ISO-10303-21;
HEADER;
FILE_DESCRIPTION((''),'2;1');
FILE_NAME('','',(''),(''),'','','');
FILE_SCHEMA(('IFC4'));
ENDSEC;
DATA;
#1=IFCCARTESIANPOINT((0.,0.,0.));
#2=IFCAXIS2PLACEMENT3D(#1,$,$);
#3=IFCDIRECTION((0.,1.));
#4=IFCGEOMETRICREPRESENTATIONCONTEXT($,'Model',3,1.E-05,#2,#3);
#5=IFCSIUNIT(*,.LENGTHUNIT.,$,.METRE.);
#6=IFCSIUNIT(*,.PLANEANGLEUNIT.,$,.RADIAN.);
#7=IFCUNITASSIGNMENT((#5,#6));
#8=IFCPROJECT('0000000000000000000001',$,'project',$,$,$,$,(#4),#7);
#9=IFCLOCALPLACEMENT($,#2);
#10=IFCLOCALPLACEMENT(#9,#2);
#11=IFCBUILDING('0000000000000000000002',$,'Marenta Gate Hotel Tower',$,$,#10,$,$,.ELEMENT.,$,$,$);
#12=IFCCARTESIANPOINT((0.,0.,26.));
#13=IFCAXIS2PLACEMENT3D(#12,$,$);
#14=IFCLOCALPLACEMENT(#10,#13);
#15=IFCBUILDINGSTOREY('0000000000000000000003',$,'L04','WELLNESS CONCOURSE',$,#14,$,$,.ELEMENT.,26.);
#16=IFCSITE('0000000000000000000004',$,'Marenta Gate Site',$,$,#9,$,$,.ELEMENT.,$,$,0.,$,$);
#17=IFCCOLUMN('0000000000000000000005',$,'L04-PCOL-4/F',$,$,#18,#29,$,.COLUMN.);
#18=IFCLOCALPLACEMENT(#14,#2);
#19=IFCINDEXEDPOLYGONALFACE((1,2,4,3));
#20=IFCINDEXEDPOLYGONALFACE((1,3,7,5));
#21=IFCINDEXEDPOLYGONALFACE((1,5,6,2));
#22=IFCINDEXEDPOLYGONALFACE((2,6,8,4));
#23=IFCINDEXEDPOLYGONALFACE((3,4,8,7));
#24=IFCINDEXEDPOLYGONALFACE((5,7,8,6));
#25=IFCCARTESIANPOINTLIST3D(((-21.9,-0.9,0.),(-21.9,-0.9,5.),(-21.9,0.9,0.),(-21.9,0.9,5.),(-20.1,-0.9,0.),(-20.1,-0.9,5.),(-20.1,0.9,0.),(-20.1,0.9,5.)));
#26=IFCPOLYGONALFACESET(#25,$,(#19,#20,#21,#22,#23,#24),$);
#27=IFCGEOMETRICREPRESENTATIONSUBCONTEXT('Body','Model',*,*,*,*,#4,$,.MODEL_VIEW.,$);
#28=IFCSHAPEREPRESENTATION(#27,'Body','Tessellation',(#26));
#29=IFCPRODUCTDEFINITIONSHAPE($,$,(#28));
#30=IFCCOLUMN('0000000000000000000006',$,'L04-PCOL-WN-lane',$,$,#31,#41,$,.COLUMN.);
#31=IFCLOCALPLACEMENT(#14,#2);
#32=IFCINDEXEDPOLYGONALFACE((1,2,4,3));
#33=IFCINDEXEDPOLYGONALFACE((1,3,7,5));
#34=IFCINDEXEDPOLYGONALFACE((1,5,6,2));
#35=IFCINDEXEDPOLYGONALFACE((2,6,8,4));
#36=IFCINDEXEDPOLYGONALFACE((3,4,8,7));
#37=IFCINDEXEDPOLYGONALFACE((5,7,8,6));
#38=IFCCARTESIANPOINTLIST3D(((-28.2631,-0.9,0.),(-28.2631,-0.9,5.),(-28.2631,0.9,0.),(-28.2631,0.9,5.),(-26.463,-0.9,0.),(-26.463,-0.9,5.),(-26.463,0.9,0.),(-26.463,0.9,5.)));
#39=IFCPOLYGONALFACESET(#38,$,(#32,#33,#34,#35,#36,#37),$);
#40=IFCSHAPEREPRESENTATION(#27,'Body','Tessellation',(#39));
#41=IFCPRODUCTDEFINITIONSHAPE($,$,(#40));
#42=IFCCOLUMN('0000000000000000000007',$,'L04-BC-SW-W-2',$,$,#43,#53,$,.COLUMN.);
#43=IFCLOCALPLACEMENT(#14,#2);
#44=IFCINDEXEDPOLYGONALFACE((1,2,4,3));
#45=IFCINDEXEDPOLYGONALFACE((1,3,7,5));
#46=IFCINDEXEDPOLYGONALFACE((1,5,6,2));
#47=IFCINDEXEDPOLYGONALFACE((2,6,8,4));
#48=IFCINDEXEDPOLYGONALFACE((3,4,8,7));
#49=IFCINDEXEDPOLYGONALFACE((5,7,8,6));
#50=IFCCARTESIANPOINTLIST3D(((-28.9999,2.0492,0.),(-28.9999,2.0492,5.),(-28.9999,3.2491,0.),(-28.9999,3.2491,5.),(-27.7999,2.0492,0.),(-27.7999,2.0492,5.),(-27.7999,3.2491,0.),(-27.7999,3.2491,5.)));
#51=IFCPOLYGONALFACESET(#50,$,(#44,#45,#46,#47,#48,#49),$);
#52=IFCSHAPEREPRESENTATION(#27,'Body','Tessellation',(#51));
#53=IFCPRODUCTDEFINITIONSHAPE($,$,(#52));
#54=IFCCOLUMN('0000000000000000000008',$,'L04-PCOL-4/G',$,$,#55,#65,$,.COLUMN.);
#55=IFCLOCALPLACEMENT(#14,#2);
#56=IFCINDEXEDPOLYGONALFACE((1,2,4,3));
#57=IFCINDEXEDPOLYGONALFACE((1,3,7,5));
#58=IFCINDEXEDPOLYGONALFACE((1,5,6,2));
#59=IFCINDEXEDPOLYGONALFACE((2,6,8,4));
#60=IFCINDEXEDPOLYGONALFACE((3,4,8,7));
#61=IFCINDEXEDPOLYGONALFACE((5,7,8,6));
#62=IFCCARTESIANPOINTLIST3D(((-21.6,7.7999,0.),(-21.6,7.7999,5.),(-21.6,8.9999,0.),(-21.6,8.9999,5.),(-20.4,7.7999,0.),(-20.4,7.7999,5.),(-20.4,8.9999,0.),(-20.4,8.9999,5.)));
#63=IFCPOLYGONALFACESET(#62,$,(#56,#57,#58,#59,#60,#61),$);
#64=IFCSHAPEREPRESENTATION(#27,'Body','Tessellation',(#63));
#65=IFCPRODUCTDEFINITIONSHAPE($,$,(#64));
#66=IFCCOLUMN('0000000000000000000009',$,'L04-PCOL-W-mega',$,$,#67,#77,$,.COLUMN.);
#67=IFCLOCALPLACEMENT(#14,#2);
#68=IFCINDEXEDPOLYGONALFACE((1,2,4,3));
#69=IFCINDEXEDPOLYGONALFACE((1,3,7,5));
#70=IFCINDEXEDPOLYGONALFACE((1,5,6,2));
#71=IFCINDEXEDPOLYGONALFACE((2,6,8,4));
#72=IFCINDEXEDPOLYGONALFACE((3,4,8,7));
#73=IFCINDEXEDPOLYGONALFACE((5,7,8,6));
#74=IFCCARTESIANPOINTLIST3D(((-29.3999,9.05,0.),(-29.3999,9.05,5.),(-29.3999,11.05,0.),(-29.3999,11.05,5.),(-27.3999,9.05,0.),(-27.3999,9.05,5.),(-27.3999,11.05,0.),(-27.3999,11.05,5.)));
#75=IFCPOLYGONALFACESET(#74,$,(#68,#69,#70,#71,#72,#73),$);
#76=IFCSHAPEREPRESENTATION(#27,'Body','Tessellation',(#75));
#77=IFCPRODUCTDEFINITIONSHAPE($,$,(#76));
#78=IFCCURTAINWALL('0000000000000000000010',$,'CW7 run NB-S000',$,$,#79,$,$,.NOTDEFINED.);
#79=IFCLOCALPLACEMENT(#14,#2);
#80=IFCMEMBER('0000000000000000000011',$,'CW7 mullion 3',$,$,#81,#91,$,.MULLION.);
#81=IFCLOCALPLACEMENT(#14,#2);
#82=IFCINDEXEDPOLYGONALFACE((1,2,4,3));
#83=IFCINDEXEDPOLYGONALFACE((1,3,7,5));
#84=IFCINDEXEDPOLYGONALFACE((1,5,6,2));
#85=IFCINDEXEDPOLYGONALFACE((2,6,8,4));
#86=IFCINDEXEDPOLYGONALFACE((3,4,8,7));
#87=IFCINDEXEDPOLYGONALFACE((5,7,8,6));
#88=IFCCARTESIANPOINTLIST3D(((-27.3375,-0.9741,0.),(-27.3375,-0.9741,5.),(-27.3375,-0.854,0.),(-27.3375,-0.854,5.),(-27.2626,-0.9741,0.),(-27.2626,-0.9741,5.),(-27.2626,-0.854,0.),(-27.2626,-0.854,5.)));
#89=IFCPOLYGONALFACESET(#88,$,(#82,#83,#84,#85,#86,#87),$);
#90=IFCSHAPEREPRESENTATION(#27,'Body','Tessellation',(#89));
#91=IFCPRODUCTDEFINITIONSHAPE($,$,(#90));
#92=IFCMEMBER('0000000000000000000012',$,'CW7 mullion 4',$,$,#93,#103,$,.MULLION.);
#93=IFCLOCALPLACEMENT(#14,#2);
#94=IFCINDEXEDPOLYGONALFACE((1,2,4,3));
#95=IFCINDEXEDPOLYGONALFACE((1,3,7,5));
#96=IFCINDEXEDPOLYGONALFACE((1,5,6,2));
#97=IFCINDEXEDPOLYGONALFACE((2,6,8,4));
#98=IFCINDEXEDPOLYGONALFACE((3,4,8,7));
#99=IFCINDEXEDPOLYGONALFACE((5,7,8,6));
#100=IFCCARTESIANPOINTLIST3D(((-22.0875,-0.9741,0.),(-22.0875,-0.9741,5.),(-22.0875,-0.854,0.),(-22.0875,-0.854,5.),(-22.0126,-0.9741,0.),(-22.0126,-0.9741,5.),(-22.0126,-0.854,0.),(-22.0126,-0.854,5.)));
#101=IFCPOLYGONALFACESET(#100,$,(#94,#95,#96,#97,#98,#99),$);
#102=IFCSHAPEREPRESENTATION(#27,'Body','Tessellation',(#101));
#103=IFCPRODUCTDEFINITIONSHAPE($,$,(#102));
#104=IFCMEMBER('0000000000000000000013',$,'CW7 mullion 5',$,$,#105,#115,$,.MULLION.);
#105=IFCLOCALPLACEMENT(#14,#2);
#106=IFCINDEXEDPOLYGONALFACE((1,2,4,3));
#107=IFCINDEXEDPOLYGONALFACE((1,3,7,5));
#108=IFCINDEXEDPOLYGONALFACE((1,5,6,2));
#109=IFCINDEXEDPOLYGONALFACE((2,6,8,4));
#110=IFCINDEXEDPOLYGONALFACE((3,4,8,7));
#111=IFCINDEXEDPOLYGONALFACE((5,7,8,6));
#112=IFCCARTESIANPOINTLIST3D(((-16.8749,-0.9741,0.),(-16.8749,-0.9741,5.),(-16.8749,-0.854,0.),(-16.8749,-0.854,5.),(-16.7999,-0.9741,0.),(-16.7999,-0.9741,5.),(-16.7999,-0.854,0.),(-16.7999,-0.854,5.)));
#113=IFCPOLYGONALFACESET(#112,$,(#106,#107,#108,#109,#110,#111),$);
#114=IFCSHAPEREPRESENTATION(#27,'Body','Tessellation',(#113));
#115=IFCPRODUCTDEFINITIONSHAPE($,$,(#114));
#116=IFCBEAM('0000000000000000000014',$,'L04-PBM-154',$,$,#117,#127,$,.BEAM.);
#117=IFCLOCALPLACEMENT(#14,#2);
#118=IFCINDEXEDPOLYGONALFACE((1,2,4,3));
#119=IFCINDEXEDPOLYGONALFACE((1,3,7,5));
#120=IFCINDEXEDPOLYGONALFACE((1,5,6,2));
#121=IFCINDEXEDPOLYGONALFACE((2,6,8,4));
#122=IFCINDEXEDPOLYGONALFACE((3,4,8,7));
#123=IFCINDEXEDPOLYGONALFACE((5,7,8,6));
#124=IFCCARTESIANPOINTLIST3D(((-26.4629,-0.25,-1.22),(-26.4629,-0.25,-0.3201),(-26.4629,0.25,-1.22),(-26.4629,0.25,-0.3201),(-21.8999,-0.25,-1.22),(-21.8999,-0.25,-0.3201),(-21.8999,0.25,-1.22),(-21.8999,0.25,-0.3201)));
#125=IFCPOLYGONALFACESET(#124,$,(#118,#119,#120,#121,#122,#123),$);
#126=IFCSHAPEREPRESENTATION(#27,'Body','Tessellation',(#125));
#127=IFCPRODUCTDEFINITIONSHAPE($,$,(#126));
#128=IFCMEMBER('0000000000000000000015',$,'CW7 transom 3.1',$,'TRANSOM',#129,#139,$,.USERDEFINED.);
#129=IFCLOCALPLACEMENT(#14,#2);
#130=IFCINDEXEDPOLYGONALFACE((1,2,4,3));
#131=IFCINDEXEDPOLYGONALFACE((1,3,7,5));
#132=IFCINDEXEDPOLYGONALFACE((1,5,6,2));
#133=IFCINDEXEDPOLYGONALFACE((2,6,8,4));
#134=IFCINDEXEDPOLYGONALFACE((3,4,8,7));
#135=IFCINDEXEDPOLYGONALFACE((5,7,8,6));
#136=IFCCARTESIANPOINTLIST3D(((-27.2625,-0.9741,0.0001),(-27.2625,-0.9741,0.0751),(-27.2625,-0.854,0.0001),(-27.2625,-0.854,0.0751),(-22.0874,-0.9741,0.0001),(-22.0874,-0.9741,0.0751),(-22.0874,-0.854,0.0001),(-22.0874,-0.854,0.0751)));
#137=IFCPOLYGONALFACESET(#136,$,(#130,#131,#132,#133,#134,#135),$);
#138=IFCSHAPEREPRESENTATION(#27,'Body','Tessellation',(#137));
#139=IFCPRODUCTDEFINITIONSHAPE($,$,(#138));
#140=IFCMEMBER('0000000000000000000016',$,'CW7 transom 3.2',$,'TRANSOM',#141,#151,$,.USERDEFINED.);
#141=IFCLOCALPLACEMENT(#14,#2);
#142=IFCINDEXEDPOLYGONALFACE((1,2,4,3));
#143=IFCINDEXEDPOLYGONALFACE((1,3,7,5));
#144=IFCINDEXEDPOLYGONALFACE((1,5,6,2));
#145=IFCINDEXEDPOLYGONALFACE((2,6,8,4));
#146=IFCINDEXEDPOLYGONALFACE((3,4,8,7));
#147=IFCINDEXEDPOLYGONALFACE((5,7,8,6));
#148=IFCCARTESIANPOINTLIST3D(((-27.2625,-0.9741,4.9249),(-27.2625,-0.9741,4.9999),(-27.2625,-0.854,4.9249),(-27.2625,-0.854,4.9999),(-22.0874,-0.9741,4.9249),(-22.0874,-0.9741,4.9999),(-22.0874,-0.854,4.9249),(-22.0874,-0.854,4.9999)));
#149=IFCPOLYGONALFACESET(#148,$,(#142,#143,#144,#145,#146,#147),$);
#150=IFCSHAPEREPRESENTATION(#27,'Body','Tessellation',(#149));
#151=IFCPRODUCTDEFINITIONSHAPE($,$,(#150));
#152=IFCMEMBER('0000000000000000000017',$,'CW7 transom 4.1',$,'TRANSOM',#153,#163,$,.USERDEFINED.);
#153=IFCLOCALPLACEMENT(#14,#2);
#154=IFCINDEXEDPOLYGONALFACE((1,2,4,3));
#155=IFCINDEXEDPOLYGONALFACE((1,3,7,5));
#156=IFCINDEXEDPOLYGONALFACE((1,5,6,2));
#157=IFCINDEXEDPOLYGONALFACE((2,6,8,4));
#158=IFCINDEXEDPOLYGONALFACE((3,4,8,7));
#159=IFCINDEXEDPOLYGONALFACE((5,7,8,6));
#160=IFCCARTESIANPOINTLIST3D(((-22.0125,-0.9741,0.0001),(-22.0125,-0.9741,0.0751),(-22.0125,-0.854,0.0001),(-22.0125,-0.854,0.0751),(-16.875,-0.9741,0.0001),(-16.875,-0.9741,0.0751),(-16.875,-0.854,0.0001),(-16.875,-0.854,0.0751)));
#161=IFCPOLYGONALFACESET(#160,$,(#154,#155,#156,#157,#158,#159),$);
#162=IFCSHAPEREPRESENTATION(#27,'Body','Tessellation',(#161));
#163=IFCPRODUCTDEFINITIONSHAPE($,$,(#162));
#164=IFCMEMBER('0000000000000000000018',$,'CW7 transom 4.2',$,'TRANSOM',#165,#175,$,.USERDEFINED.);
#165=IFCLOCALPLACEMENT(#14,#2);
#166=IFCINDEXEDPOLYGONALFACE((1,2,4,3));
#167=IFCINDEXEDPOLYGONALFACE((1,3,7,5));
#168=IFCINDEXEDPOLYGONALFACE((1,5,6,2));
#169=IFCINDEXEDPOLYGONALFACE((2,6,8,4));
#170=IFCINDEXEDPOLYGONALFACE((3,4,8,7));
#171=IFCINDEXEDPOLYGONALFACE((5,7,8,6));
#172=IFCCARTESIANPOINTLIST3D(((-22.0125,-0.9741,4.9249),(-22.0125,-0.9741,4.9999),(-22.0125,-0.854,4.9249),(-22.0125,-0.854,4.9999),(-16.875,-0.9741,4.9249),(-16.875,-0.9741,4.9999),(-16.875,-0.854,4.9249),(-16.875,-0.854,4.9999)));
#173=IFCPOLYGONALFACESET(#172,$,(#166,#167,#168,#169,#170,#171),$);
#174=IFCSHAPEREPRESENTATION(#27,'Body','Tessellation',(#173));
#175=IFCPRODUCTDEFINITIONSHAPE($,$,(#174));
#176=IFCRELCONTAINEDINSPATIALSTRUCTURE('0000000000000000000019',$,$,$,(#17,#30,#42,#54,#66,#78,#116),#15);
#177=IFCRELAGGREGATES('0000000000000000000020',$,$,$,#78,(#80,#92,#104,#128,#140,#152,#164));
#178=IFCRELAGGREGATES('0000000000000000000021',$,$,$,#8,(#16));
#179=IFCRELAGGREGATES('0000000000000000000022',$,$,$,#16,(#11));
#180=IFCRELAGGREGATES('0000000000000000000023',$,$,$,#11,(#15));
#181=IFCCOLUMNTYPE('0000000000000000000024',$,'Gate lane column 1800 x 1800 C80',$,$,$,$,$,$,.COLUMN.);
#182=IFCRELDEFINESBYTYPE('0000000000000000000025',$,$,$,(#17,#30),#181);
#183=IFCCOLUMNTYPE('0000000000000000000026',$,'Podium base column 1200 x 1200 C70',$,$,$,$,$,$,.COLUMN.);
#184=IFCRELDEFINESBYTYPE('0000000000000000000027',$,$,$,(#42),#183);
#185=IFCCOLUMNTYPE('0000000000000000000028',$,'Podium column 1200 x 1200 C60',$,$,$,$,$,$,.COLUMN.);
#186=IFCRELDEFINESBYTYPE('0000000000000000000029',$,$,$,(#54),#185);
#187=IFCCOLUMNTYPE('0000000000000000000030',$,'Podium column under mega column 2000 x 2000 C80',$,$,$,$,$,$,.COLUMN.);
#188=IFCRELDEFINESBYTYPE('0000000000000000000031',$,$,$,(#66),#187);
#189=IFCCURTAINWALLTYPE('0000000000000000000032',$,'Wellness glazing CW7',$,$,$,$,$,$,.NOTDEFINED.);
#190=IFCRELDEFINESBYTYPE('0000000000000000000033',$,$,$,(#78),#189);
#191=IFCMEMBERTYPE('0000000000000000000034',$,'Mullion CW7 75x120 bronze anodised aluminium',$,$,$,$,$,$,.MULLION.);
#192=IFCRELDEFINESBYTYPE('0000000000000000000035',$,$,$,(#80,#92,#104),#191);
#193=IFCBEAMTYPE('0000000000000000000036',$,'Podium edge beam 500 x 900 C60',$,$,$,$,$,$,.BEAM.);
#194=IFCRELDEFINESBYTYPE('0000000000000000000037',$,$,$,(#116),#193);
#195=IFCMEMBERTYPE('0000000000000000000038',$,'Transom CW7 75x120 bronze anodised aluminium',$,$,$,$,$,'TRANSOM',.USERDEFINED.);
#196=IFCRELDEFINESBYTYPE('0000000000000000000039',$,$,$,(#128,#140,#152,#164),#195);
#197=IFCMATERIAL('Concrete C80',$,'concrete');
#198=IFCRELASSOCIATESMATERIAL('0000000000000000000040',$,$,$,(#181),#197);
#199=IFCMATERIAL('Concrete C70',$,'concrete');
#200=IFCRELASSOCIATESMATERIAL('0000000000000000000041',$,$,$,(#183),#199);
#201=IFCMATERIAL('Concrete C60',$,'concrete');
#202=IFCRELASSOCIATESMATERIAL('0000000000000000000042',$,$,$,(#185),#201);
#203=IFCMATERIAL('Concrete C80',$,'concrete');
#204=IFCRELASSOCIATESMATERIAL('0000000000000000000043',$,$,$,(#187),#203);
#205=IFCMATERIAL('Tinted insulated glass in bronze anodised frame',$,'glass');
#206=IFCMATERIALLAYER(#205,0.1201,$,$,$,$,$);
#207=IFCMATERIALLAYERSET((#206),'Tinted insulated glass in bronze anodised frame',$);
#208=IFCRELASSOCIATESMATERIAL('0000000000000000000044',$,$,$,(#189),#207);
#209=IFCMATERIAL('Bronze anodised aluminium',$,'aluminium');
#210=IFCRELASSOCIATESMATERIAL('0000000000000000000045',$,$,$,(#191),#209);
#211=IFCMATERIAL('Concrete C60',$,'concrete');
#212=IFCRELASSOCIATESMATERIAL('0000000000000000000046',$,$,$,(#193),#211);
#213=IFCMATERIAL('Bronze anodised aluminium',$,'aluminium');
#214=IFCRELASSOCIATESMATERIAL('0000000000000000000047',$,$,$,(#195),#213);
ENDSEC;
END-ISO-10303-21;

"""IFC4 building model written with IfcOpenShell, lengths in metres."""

from ifc_helpers import new_model, si_unit, direction, frame, origin, origin_2d, place, context, subcontext, project, spatial, rectangle, extrude, material, layer, layer_set, material_profile, profile_set, type_object, element, aggregate, save


model = new_model("IFC4")

# Units and contexts
model_context = context("Model", 3, precision=1e-05, world=origin(), true_north=direction((0.0, 1.0)))
body_context = subcontext(model_context, "Body", "Model", "MODEL_VIEW")
ifc_project = project(units=[si_unit("LENGTHUNIT", "METRE"), si_unit("PLANEANGLEUNIT", "RADIAN")], contexts=[model_context])

# Site, building, storey
site_placement = place(None, origin())
site = spatial("IfcSite", under=ifc_project, at=site_placement, Name="Marenta Gate Site", CompositionType="ELEMENT", RefElevation=0.0)
building_placement = place(site_placement, origin())
building = spatial("IfcBuilding", under=site, at=building_placement, Name="Marenta Gate Hotel Tower", CompositionType="ELEMENT")
storey_placement = place(building_placement, frame((0.0, 0.0, 26.0)))
storey = spatial("IfcBuildingStorey", under=building, at=storey_placement, Name="L04", Description="WELLNESS CONCOURSE", CompositionType="ELEMENT", Elevation=26.0)

# Columns
ifc_material_1 = material(Name="Concrete C80", Category="concrete")
ifc_material_profile_1 = material_profile(ifc_material_1, rectangle(XDim=1.8, YDim=1.8, at=origin_2d()), Name="1800 x 1800")
ifc_profile_set_1 = profile_set([ifc_material_profile_1], Name="Concrete C80")
column_type_1 = type_object("IfcColumnType", Name="Gate lane column 1800 x 1800 C80", PredefinedType="COLUMN", material=ifc_profile_set_1)
for number, where, z_axis, x_axis, name in (
    (1, (-21.0, 0.0, 0.0), (0.0, 0.0, 1.0), (1.0, 0.0, 0.0), "L04-PCOL-4/F"),
    (2, (-27.363, 0.0, 0.0), (0.0, 0.0, 1.0), (1.0, 0.0, 0.0), "L04-PCOL-WN-lane"),
):
    element("IfcColumn", number, at=place(storey_placement, frame(where, z_axis=z_axis, x_axis=x_axis)), inside=storey, type_object=column_type_1, Name=name, PredefinedType="COLUMN", context=body_context, shape_type="SweptSolid", body=[
        extrude(rectangle(XDim=1.8, YDim=1.8, at=origin_2d()), origin(), (0.0, 0.0, 1.0), 5.0),
    ])
ifc_material_2 = material(Name="Concrete C70", Category="concrete")
ifc_material_profile_2 = material_profile(ifc_material_2, rectangle(XDim=1.2, YDim=1.2, at=origin_2d()), Name="1200 x 1200")
ifc_profile_set_2 = profile_set([ifc_material_profile_2], Name="Concrete C70")
column_type_2 = type_object("IfcColumnType", Name="Podium base column 1200 x 1200 C70", PredefinedType="COLUMN", material=ifc_profile_set_2)
column_1_placement = place(storey_placement, frame((-28.3999, 2.6492, 0.0), z_axis=(0.0, 0.0, 1.0), x_axis=(1.0, 0.0, 0.0)))
element("IfcColumn", 3, at=column_1_placement, inside=storey, type_object=column_type_2, Name="L04-BC-SW-W-2", PredefinedType="COLUMN", context=body_context, shape_type="SweptSolid", body=[
    extrude(rectangle(XDim=1.2, YDim=1.2, at=origin_2d()), origin(), (0.0, 0.0, 1.0), 5.0),
])
ifc_material_3 = material(Name="Concrete C60", Category="concrete")
ifc_material_profile_3 = material_profile(ifc_material_3, rectangle(XDim=1.2, YDim=1.2, at=origin_2d()), Name="1200 x 1200")
ifc_profile_set_3 = profile_set([ifc_material_profile_3], Name="Concrete C60")
column_type_3 = type_object("IfcColumnType", Name="Podium column 1200 x 1200 C60", PredefinedType="COLUMN", material=ifc_profile_set_3)
column_2_placement = place(storey_placement, frame((-21.0, 8.3999, 0.0), z_axis=(0.0, 0.0, 1.0), x_axis=(1.0, 0.0, 0.0)))
element("IfcColumn", 4, at=column_2_placement, inside=storey, type_object=column_type_3, Name="L04-PCOL-4/G", PredefinedType="COLUMN", context=body_context, shape_type="SweptSolid", body=[
    extrude(rectangle(XDim=1.2, YDim=1.2, at=origin_2d()), origin(), (0.0, 0.0, 1.0), 5.0),
])
ifc_material_4 = material(Name="Concrete C80", Category="concrete")
ifc_material_profile_4 = material_profile(ifc_material_4, rectangle(XDim=2.0, YDim=2.0, at=origin_2d()), Name="2000 x 2000")
ifc_profile_set_4 = profile_set([ifc_material_profile_4], Name="Concrete C80")
column_type_4 = type_object("IfcColumnType", Name="Podium column under mega column 2000 x 2000 C80", PredefinedType="COLUMN", material=ifc_profile_set_4)
column_3_placement = place(storey_placement, frame((-28.3999, 10.05, 0.0), z_axis=(0.0, 0.0, 1.0), x_axis=(1.0, 0.0, 0.0)))
element("IfcColumn", 5, at=column_3_placement, inside=storey, type_object=column_type_4, Name="L04-PCOL-W-mega", PredefinedType="COLUMN", context=body_context, shape_type="SweptSolid", body=[
    extrude(rectangle(XDim=2.0, YDim=2.0, at=origin_2d()), origin(), (0.0, 0.0, 1.0), 5.0),
])

# Curtain wall, members
ifc_material_5 = material(Name="Tinted insulated glass in bronze anodised frame", Category="glass")
ifc_layer_1 = layer(ifc_material_5, 0.1201)
ifc_layer_set_1 = layer_set([ifc_layer_1], Name="Tinted insulated glass in bronze anodised frame")
curtain_wall_type = type_object("IfcCurtainWallType", Name="Wellness glazing CW7", PredefinedType="NOTDEFINED", material=ifc_layer_set_1)
curtain_wall_placement = place(storey_placement, origin())
curtain_wall = element("IfcCurtainWall", 6, at=curtain_wall_placement, inside=storey, type_object=curtain_wall_type, Name="CW7 run NB-S000", PredefinedType="NOTDEFINED")
ifc_material_6 = material(Name="Bronze anodised aluminium", Category="aluminium")
ifc_material_profile_5 = material_profile(ifc_material_6, rectangle(XDim=0.1201, YDim=0.075, at=origin_2d()), Name="Mullion CW7 75x120 bronze anodised aluminium")
ifc_profile_set_5 = profile_set([ifc_material_profile_5], Name="Bronze anodised aluminium")
member_type_1 = type_object("IfcMemberType", Name="Mullion CW7 75x120 bronze anodised aluminium", PredefinedType="MULLION", material=ifc_profile_set_5)
member_1_placement = place(storey_placement, frame((-27.3, -0.9141, 0.0), z_axis=(0.0, 0.0, 1.0), x_axis=(0.0, 1.0, 0.0)))
member_1 = element("IfcMember", 7, at=member_1_placement, type_object=member_type_1, Name="CW7 mullion 3", PredefinedType="MULLION", context=body_context, shape_type="SweptSolid", body=[
    extrude(rectangle(XDim=0.1201, YDim=0.075, at=origin_2d()), origin(), (0.0, 0.0, 1.0), 5.0),
])
member_2_placement = place(storey_placement, frame((-22.05, -0.9141, 0.0), z_axis=(0.0, 0.0, 1.0), x_axis=(0.0, 1.0, 0.0)))
member_2 = element("IfcMember", 8, at=member_2_placement, type_object=member_type_1, Name="CW7 mullion 4", PredefinedType="MULLION", context=body_context, shape_type="SweptSolid", body=[
    extrude(rectangle(XDim=0.1201, YDim=0.075, at=origin_2d()), origin(), (0.0, 0.0, 1.0), 5.0),
])
member_3_placement = place(storey_placement, frame((-16.8374, -0.9141, 0.0), z_axis=(0.0, 0.0, 1.0), x_axis=(0.0, 1.0, 0.0)))
member_3 = element("IfcMember", 9, at=member_3_placement, type_object=member_type_1, Name="CW7 mullion 5", PredefinedType="MULLION", context=body_context, shape_type="SweptSolid", body=[
    extrude(rectangle(XDim=0.1201, YDim=0.075, at=origin_2d()), origin(), (0.0, 0.0, 1.0), 5.0),
])

# Beam
ifc_material_7 = material(Name="Concrete C60", Category="concrete")
ifc_material_profile_6 = material_profile(ifc_material_7, rectangle(XDim=0.5, YDim=0.8999, at=origin_2d()), Name="500 x 900")
ifc_profile_set_6 = profile_set([ifc_material_profile_6], Name="Concrete C60")
beam_type = type_object("IfcBeamType", Name="Podium edge beam 500 x 900 C60", PredefinedType="BEAM", material=ifc_profile_set_6)
beam_placement = place(storey_placement, frame((-26.4629, 0.0, -0.77), z_axis=(1.0, 0.0, 0.0), x_axis=(0.0, 1.0, 0.0)))
element("IfcBeam", 10, at=beam_placement, inside=storey, type_object=beam_type, Name="L04-PBM-154", PredefinedType="BEAM", context=body_context, shape_type="SweptSolid", body=[
    extrude(rectangle(XDim=0.5, YDim=0.8999, at=origin_2d()), origin(), (0.0, 0.0, 1.0), 4.563),
])

# Members
ifc_material_8 = material(Name="Bronze anodised aluminium", Category="aluminium")
ifc_material_profile_7 = material_profile(ifc_material_8, rectangle(XDim=0.1201, YDim=0.075, at=origin_2d()), Name="Transom CW7 75x120 bronze anodised aluminium")
ifc_profile_set_7 = profile_set([ifc_material_profile_7], Name="Bronze anodised aluminium")
member_type_2 = type_object("IfcMemberType", Name="Transom CW7 75x120 bronze anodised aluminium", ElementType="TRANSOM", PredefinedType="USERDEFINED", material=ifc_profile_set_7)
member_4_placement = place(storey_placement, frame((-27.2625, -0.9141, 0.0376), z_axis=(1.0, 0.0, 0.0), x_axis=(0.0, 1.0, 0.0)))
member_4 = element("IfcMember", 11, at=member_4_placement, type_object=member_type_2, Name="CW7 transom 3.1", ObjectType="TRANSOM", PredefinedType="USERDEFINED", context=body_context, shape_type="SweptSolid", body=[
    extrude(rectangle(XDim=0.1201, YDim=0.075, at=origin_2d()), origin(), (0.0, 0.0, 1.0), 5.175),
])
member_5_placement = place(storey_placement, frame((-27.2625, -0.9141, 4.9624), z_axis=(1.0, 0.0, 0.0), x_axis=(0.0, 1.0, 0.0)))
member_5 = element("IfcMember", 12, at=member_5_placement, type_object=member_type_2, Name="CW7 transom 3.2", ObjectType="TRANSOM", PredefinedType="USERDEFINED", context=body_context, shape_type="SweptSolid", body=[
    extrude(rectangle(XDim=0.1201, YDim=0.075, at=origin_2d()), origin(), (0.0, 0.0, 1.0), 5.175),
])
member_6_placement = place(storey_placement, frame((-22.0125, -0.9141, 0.0376), z_axis=(1.0, 0.0, 0.0), x_axis=(0.0, 1.0, 0.0)))
member_6 = element("IfcMember", 13, at=member_6_placement, type_object=member_type_2, Name="CW7 transom 4.1", ObjectType="TRANSOM", PredefinedType="USERDEFINED", context=body_context, shape_type="SweptSolid", body=[
    extrude(rectangle(XDim=0.1201, YDim=0.075, at=origin_2d()), origin(), (0.0, 0.0, 1.0), 5.1375),
])
member_7_placement = place(storey_placement, frame((-22.0125, -0.9141, 4.9624), z_axis=(1.0, 0.0, 0.0), x_axis=(0.0, 1.0, 0.0)))
member_7 = element("IfcMember", 14, at=member_7_placement, type_object=member_type_2, Name="CW7 transom 4.2", ObjectType="TRANSOM", PredefinedType="USERDEFINED", context=body_context, shape_type="SweptSolid", body=[
    extrude(rectangle(XDim=0.1201, YDim=0.075, at=origin_2d()), origin(), (0.0, 0.0, 1.0), 5.1375),
])

aggregate(curtain_wall, [member_1, member_2, member_3, member_4, member_5, member_6, member_7])

save(model, "model.ifc")
